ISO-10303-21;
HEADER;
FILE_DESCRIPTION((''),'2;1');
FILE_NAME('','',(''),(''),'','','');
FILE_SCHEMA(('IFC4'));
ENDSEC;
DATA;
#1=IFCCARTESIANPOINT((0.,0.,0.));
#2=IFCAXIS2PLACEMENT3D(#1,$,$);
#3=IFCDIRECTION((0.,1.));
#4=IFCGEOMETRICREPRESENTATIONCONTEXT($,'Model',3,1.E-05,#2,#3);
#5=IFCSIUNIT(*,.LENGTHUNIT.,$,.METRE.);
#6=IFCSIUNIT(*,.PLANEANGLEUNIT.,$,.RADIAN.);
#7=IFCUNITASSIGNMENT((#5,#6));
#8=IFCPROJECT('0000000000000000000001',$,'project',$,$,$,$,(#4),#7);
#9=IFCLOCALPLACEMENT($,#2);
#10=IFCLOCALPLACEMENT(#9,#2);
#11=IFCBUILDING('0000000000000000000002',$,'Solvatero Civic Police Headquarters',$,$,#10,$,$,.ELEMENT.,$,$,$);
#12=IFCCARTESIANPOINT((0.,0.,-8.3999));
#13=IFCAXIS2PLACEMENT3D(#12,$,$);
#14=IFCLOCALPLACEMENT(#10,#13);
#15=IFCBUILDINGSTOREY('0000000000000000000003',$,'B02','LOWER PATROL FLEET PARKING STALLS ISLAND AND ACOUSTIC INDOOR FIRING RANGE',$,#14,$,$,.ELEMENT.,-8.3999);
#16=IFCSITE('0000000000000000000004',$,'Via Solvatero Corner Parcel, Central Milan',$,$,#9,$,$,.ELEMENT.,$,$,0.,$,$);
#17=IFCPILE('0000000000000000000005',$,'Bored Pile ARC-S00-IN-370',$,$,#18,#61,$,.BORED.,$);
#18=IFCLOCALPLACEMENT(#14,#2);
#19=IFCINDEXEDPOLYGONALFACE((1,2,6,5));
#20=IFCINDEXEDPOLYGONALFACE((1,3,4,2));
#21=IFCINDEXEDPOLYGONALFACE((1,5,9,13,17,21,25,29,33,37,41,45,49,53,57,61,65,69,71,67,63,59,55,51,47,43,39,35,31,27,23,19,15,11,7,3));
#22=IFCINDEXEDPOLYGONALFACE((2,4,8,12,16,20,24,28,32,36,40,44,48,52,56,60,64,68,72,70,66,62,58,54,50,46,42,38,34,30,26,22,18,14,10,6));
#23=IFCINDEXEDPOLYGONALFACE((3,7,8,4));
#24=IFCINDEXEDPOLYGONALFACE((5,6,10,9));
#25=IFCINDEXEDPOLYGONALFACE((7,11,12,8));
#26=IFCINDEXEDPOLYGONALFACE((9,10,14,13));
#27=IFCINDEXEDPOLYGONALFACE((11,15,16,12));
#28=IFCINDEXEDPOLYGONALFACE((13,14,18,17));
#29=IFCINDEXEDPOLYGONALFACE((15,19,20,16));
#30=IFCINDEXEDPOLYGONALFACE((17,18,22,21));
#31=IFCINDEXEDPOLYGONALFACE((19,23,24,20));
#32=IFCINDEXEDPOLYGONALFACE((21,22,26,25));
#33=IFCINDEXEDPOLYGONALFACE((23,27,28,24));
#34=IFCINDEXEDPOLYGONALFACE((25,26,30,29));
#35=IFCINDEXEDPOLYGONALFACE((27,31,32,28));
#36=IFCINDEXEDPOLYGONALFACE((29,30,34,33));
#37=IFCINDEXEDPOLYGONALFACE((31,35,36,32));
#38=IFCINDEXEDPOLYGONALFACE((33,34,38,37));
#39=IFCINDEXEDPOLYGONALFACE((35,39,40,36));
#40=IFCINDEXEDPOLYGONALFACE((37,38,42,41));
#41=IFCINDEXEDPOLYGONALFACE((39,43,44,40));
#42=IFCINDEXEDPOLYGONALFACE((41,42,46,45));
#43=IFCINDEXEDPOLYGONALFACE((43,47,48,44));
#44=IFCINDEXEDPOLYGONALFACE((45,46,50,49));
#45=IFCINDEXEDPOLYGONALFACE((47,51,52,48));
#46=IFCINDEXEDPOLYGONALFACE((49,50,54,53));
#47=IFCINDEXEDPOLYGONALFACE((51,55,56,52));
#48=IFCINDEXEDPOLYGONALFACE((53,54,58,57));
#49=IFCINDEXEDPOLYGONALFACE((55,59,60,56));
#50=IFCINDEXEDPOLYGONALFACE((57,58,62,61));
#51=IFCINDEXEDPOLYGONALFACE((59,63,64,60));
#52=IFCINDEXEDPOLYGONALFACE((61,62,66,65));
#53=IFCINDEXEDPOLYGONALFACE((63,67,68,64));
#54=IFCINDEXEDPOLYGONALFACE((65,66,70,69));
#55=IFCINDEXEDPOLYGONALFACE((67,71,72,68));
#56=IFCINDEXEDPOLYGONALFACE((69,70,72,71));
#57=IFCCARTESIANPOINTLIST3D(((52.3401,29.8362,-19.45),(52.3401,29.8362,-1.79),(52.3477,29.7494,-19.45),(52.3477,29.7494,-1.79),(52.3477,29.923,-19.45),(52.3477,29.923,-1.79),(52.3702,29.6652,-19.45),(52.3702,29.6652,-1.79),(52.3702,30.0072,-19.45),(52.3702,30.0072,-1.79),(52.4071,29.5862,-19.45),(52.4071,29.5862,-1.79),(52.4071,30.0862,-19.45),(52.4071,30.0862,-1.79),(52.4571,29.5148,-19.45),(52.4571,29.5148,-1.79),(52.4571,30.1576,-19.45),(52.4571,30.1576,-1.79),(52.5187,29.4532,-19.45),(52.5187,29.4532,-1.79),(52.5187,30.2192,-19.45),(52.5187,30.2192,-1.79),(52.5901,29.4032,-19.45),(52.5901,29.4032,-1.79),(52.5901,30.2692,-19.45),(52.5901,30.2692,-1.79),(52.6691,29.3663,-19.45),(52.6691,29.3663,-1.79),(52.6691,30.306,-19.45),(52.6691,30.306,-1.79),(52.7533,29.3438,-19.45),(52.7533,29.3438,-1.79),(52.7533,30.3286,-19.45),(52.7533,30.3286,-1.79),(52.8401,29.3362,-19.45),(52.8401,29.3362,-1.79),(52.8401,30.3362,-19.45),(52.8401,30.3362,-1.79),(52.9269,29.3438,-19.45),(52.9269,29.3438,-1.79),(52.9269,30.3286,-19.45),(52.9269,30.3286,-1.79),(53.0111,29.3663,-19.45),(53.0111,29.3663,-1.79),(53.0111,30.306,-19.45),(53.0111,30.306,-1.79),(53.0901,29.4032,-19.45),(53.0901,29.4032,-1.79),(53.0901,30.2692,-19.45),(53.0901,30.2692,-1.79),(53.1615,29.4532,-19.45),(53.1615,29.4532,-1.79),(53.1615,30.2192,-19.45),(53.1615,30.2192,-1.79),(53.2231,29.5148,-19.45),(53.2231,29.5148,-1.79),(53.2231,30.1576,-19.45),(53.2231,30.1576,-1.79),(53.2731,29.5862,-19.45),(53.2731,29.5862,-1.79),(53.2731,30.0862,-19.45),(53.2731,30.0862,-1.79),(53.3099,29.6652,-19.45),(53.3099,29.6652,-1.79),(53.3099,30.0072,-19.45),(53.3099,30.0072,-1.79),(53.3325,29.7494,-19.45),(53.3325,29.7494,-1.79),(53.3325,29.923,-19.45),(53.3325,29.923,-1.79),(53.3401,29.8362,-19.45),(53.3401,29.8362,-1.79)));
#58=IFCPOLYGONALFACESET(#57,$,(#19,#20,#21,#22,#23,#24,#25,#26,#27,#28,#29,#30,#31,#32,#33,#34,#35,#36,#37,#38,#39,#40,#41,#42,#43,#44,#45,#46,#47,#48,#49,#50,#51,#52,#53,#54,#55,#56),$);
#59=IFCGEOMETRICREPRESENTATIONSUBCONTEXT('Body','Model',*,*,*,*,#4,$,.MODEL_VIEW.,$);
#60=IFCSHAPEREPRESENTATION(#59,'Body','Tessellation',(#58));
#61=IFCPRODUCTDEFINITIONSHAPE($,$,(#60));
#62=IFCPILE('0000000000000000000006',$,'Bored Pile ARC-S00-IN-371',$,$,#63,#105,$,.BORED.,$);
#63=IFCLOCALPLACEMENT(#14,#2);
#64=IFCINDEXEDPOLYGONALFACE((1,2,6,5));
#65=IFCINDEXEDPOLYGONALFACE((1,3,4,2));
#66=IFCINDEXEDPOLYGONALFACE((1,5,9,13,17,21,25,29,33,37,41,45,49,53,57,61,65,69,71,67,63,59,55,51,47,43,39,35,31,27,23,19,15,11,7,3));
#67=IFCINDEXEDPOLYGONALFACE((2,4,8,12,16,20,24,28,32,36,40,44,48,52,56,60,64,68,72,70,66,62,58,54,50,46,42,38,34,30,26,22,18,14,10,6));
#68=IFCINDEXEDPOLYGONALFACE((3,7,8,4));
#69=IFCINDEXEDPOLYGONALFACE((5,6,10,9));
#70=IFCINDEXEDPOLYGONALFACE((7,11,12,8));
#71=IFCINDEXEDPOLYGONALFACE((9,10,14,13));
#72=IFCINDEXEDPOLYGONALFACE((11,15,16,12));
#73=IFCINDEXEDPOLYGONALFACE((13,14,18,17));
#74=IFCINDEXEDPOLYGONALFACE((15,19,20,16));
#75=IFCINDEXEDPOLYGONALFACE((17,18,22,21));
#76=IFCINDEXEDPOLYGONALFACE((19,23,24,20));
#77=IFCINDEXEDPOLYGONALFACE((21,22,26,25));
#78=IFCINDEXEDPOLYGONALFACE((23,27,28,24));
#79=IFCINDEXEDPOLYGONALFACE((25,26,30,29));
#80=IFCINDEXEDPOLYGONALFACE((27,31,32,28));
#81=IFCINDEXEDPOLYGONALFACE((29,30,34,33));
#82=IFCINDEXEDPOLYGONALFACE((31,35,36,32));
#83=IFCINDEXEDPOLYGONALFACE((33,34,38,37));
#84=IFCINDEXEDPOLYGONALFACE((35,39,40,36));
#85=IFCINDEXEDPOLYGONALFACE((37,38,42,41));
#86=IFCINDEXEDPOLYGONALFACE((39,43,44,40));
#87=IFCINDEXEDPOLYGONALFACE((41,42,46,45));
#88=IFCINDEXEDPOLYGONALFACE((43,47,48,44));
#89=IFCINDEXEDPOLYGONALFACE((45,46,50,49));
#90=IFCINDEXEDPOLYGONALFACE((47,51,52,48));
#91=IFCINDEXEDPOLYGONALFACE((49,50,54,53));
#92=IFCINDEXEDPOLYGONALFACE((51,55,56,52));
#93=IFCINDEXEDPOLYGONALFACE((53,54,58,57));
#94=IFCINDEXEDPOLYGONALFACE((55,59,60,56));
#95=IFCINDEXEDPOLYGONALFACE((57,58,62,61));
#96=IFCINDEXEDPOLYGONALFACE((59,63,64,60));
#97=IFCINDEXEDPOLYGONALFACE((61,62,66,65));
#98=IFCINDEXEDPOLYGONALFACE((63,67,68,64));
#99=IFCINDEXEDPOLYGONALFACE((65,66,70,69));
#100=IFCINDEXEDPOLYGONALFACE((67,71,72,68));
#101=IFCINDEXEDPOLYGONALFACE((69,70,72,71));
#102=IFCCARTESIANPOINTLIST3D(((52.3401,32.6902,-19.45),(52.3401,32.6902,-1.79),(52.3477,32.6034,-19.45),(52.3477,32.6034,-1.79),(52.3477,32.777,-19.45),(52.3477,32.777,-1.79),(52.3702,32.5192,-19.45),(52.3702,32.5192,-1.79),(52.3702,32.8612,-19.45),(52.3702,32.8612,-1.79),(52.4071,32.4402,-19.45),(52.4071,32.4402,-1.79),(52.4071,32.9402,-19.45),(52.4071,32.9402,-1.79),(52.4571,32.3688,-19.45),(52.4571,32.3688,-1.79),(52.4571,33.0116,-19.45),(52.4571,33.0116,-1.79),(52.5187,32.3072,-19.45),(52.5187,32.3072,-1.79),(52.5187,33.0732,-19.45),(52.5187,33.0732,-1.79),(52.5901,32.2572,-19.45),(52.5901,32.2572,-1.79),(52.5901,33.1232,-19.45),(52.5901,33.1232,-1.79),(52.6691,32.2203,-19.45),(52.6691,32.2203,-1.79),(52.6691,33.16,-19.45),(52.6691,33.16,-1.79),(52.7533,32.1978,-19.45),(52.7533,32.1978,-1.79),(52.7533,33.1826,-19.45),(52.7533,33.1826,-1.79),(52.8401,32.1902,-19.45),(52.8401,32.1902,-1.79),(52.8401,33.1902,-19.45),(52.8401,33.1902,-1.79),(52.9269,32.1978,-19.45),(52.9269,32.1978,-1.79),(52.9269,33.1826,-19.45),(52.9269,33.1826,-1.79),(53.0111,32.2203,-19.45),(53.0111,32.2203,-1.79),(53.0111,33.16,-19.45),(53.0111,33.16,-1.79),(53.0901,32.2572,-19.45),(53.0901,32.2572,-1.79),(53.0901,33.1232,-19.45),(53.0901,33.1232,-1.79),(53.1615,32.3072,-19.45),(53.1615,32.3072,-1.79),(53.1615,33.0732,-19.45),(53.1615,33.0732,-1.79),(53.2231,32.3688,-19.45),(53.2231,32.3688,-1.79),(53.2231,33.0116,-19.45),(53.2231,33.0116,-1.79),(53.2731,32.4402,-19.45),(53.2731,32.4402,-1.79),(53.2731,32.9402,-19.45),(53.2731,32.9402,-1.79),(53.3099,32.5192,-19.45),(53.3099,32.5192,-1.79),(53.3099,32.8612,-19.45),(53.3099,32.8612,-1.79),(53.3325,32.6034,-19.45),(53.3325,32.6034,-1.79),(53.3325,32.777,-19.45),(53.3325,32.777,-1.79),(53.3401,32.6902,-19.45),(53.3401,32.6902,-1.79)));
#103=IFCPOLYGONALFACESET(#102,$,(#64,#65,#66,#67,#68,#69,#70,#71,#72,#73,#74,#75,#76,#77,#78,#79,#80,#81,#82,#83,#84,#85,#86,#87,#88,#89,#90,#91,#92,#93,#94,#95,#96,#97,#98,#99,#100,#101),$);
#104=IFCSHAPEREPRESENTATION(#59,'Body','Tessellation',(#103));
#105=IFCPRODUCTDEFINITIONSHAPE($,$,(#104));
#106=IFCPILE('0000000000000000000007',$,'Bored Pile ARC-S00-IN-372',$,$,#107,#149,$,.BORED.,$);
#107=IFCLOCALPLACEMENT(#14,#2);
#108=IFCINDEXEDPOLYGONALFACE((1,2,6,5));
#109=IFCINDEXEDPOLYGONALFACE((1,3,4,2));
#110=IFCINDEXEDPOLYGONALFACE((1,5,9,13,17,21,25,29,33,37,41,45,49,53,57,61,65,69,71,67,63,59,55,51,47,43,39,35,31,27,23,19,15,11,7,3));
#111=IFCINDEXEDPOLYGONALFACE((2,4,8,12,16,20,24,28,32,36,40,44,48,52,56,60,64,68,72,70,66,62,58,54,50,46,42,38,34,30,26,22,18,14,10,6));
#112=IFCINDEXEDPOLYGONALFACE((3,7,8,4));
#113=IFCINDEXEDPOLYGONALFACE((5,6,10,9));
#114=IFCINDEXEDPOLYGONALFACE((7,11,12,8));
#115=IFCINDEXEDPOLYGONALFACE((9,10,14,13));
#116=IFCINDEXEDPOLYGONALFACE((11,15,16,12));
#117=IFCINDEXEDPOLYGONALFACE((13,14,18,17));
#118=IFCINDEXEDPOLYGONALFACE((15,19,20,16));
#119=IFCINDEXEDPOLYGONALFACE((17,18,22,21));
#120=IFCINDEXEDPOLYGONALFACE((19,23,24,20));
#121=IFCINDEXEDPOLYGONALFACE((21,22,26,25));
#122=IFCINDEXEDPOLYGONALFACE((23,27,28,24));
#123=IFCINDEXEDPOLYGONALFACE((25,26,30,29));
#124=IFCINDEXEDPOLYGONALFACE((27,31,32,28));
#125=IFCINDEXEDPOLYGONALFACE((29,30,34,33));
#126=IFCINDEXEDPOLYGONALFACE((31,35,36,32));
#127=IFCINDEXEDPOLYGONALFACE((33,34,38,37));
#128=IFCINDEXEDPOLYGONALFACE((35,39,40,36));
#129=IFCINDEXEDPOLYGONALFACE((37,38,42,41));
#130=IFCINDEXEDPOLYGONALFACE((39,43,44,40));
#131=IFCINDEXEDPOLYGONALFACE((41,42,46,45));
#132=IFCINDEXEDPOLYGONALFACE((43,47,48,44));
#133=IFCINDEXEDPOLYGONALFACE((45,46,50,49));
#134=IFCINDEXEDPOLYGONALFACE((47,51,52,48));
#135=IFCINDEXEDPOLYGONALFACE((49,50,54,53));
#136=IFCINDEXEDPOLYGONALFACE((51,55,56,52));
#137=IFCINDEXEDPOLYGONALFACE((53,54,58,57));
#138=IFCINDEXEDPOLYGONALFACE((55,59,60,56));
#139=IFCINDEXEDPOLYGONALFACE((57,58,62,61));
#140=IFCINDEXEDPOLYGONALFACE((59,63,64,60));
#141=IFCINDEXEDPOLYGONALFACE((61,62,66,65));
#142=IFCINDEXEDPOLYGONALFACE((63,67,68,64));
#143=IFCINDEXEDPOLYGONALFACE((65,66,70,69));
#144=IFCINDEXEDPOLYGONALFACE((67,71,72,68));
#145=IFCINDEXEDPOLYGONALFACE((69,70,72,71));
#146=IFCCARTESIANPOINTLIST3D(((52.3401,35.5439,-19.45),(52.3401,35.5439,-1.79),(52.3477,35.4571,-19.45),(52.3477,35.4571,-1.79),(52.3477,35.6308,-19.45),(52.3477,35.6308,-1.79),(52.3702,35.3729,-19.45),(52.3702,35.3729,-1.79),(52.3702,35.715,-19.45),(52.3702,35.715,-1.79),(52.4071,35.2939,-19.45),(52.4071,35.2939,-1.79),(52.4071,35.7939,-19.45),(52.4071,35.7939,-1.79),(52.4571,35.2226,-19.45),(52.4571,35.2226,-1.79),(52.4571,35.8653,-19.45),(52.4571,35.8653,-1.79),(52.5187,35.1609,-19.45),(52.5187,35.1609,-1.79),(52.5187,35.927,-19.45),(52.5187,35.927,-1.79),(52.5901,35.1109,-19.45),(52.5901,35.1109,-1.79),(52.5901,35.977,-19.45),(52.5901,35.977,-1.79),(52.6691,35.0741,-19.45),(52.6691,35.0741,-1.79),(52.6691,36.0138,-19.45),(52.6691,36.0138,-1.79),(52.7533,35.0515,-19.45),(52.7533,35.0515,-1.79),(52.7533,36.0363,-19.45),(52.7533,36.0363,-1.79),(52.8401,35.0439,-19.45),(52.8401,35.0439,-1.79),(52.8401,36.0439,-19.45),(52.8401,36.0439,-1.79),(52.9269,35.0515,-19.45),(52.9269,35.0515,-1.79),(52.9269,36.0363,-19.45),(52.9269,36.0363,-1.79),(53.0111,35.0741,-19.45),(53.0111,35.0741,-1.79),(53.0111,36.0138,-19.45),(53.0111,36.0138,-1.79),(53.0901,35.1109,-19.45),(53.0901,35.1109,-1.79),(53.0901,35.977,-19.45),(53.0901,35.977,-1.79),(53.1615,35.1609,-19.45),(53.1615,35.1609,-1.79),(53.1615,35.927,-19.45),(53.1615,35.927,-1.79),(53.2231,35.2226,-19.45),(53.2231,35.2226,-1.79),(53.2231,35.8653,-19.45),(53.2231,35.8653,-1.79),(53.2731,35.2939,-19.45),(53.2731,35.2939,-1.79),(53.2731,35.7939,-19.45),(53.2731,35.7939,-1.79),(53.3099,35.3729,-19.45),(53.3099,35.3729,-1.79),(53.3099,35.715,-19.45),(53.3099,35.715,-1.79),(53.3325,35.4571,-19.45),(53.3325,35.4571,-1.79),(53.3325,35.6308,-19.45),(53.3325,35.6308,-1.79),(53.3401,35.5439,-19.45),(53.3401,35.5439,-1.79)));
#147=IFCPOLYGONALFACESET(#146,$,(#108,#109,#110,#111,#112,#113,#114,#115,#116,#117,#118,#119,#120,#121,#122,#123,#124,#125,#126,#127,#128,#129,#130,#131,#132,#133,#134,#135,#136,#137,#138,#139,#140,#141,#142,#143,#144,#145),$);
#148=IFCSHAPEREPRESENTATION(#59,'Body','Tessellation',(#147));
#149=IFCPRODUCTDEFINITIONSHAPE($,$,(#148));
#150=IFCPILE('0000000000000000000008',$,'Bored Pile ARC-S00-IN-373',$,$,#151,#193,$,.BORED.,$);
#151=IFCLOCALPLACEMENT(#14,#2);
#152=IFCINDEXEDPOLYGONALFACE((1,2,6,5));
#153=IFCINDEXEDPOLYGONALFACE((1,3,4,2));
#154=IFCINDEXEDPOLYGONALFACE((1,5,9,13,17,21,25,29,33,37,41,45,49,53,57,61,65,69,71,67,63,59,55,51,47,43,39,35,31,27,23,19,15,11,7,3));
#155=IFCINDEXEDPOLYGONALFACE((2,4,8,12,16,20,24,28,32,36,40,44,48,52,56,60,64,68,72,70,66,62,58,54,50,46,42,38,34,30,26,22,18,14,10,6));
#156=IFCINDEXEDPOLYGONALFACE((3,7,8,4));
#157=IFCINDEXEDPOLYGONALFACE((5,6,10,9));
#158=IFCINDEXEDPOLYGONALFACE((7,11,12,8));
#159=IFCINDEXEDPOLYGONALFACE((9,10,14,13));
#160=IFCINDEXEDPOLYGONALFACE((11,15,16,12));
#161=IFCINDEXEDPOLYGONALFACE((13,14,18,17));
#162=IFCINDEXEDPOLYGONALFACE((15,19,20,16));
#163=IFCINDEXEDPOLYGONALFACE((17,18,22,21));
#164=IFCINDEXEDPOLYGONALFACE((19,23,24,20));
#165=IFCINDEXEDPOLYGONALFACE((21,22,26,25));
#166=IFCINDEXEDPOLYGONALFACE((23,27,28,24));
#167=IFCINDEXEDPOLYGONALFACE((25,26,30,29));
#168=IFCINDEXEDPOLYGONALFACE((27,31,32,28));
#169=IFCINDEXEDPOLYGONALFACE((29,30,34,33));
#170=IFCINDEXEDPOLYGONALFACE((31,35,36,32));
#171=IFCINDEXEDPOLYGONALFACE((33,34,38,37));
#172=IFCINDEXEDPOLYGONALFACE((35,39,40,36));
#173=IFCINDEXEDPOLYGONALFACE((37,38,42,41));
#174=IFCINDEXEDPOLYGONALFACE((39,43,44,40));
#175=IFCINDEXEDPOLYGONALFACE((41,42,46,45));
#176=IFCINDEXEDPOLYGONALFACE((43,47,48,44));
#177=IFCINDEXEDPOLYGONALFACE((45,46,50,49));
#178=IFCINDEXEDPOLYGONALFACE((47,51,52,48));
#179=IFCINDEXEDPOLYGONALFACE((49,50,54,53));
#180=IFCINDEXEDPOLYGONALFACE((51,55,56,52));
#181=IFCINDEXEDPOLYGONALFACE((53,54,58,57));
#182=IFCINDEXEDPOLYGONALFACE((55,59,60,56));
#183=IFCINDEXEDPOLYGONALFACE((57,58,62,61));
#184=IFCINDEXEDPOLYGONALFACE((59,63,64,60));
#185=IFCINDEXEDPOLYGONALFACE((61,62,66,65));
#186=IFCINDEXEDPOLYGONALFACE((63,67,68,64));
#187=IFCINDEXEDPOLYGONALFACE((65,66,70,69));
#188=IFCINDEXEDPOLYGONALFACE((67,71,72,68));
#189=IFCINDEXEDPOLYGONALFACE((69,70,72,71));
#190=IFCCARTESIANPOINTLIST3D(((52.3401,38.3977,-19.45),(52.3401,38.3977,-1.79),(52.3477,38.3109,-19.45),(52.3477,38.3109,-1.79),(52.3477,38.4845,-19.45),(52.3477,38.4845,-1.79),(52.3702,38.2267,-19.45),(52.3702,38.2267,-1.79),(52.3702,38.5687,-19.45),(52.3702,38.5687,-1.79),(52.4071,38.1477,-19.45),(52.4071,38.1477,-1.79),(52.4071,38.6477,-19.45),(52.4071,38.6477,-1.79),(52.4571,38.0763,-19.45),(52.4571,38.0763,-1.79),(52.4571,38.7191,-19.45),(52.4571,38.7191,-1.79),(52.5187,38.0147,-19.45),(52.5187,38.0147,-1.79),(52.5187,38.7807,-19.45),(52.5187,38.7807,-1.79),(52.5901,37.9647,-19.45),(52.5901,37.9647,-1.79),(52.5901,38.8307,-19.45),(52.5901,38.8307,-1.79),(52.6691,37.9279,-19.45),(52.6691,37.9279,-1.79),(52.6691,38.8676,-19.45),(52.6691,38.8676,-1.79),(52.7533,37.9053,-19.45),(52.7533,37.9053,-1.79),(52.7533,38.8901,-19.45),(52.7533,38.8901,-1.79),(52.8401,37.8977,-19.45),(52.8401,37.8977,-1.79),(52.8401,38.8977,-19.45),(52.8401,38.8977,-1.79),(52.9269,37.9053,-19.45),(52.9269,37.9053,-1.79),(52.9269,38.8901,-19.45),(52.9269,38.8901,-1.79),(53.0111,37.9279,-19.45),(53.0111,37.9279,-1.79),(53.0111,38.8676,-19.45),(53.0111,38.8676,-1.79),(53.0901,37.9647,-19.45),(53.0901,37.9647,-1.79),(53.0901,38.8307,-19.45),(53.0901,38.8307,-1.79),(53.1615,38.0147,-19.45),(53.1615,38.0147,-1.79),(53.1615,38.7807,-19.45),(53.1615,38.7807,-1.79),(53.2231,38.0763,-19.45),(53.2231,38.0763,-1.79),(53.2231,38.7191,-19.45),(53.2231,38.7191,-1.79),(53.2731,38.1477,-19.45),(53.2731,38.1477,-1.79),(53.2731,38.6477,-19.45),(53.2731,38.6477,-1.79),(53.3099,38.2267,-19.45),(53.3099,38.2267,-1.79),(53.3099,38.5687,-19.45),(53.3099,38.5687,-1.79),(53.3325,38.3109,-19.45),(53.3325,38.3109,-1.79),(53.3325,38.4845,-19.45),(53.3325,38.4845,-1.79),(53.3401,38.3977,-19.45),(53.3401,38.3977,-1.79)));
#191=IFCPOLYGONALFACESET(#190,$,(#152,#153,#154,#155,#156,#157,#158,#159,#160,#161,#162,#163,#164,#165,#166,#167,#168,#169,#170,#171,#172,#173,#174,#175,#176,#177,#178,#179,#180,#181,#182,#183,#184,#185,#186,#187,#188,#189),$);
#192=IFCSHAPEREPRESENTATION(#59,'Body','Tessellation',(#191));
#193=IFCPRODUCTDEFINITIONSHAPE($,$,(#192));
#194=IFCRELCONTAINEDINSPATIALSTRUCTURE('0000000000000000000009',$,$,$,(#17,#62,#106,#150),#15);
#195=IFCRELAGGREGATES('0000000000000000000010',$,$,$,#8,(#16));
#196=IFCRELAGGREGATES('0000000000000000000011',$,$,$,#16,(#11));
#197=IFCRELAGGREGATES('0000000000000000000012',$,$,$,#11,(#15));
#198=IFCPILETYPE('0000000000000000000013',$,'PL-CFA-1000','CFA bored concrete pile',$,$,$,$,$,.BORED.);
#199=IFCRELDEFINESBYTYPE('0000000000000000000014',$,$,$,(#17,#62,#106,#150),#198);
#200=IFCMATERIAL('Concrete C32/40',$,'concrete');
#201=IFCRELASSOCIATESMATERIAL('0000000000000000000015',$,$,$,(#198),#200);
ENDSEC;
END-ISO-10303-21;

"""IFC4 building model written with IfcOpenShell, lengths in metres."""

from ifc_helpers import new_model, si_unit, direction, frame, origin, origin_2d, place, context, subcontext, project, spatial, circle, extrude, material, material_profile, profile_set, type_object, element, save


model = new_model("IFC4")

# Units and contexts
model_context = context("Model", 3, precision=1e-05, world=origin(), true_north=direction((0.0, 1.0)))
body_context = subcontext(model_context, "Body", "Model", "MODEL_VIEW")
ifc_project = project(units=[si_unit("LENGTHUNIT", "METRE"), si_unit("PLANEANGLEUNIT", "RADIAN")], contexts=[model_context])

# Site, building, storey
site_placement = place(None, origin())
site = spatial("IfcSite", under=ifc_project, at=site_placement, Name="Via Solvatero Corner Parcel, Central Milan", CompositionType="ELEMENT", RefElevation=0.0)
building_placement = place(site_placement, origin())
building = spatial("IfcBuilding", under=site, at=building_placement, Name="Solvatero Civic Police Headquarters", CompositionType="ELEMENT")
storey_placement = place(building_placement, frame((0.0, 0.0, -8.3999)))
storey = spatial("IfcBuildingStorey", under=building, at=storey_placement, Name="B02", Description="LOWER PATROL FLEET PARKING STALLS ISLAND AND ACOUSTIC INDOOR FIRING RANGE", CompositionType="ELEMENT", Elevation=-8.3999)

# Piles
ifc_material_1 = material(Name="Concrete C32/40", Category="concrete")
ifc_material_profile_1 = material_profile(ifc_material_1, circle(Radius=0.5, at=origin_2d()), Name="CFA PILE D1000")
ifc_profile_set_1 = profile_set([ifc_material_profile_1], Name="Concrete C32/40")
pile_type = type_object("IfcPileType", Name="PL-CFA-1000", Description="CFA bored concrete pile", PredefinedType="BORED", material=ifc_profile_set_1)
for number, where, z_axis, x_axis, name in (
    (1, (52.8401, 29.8362, -1.79), (0.0, 0.0, -1.0), (1.0, 0.0, 0.0), "Bored Pile ARC-S00-IN-370"),
    (2, (52.8401, 32.6902, -1.79), (0.0, 0.0, -1.0), (1.0, 0.0, 0.0), "Bored Pile ARC-S00-IN-371"),
    (3, (52.8401, 35.5439, -1.79), (0.0, 0.0, -1.0), (1.0, 0.0, 0.0), "Bored Pile ARC-S00-IN-372"),
    (4, (52.8401, 38.3977, -1.79), (0.0, 0.0, -1.0), (1.0, 0.0, 0.0), "Bored Pile ARC-S00-IN-373"),
):
    element("IfcPile", number, at=place(storey_placement, frame(where, z_axis=z_axis, x_axis=x_axis)), inside=storey, type_object=pile_type, Name=name, PredefinedType="BORED", context=body_context, shape_type="SweptSolid", body=[
        extrude(circle(Radius=0.5, at=origin_2d()), origin(), (0.0, 0.0, 1.0), 17.6599),
    ])

save(model, "model.ifc")
